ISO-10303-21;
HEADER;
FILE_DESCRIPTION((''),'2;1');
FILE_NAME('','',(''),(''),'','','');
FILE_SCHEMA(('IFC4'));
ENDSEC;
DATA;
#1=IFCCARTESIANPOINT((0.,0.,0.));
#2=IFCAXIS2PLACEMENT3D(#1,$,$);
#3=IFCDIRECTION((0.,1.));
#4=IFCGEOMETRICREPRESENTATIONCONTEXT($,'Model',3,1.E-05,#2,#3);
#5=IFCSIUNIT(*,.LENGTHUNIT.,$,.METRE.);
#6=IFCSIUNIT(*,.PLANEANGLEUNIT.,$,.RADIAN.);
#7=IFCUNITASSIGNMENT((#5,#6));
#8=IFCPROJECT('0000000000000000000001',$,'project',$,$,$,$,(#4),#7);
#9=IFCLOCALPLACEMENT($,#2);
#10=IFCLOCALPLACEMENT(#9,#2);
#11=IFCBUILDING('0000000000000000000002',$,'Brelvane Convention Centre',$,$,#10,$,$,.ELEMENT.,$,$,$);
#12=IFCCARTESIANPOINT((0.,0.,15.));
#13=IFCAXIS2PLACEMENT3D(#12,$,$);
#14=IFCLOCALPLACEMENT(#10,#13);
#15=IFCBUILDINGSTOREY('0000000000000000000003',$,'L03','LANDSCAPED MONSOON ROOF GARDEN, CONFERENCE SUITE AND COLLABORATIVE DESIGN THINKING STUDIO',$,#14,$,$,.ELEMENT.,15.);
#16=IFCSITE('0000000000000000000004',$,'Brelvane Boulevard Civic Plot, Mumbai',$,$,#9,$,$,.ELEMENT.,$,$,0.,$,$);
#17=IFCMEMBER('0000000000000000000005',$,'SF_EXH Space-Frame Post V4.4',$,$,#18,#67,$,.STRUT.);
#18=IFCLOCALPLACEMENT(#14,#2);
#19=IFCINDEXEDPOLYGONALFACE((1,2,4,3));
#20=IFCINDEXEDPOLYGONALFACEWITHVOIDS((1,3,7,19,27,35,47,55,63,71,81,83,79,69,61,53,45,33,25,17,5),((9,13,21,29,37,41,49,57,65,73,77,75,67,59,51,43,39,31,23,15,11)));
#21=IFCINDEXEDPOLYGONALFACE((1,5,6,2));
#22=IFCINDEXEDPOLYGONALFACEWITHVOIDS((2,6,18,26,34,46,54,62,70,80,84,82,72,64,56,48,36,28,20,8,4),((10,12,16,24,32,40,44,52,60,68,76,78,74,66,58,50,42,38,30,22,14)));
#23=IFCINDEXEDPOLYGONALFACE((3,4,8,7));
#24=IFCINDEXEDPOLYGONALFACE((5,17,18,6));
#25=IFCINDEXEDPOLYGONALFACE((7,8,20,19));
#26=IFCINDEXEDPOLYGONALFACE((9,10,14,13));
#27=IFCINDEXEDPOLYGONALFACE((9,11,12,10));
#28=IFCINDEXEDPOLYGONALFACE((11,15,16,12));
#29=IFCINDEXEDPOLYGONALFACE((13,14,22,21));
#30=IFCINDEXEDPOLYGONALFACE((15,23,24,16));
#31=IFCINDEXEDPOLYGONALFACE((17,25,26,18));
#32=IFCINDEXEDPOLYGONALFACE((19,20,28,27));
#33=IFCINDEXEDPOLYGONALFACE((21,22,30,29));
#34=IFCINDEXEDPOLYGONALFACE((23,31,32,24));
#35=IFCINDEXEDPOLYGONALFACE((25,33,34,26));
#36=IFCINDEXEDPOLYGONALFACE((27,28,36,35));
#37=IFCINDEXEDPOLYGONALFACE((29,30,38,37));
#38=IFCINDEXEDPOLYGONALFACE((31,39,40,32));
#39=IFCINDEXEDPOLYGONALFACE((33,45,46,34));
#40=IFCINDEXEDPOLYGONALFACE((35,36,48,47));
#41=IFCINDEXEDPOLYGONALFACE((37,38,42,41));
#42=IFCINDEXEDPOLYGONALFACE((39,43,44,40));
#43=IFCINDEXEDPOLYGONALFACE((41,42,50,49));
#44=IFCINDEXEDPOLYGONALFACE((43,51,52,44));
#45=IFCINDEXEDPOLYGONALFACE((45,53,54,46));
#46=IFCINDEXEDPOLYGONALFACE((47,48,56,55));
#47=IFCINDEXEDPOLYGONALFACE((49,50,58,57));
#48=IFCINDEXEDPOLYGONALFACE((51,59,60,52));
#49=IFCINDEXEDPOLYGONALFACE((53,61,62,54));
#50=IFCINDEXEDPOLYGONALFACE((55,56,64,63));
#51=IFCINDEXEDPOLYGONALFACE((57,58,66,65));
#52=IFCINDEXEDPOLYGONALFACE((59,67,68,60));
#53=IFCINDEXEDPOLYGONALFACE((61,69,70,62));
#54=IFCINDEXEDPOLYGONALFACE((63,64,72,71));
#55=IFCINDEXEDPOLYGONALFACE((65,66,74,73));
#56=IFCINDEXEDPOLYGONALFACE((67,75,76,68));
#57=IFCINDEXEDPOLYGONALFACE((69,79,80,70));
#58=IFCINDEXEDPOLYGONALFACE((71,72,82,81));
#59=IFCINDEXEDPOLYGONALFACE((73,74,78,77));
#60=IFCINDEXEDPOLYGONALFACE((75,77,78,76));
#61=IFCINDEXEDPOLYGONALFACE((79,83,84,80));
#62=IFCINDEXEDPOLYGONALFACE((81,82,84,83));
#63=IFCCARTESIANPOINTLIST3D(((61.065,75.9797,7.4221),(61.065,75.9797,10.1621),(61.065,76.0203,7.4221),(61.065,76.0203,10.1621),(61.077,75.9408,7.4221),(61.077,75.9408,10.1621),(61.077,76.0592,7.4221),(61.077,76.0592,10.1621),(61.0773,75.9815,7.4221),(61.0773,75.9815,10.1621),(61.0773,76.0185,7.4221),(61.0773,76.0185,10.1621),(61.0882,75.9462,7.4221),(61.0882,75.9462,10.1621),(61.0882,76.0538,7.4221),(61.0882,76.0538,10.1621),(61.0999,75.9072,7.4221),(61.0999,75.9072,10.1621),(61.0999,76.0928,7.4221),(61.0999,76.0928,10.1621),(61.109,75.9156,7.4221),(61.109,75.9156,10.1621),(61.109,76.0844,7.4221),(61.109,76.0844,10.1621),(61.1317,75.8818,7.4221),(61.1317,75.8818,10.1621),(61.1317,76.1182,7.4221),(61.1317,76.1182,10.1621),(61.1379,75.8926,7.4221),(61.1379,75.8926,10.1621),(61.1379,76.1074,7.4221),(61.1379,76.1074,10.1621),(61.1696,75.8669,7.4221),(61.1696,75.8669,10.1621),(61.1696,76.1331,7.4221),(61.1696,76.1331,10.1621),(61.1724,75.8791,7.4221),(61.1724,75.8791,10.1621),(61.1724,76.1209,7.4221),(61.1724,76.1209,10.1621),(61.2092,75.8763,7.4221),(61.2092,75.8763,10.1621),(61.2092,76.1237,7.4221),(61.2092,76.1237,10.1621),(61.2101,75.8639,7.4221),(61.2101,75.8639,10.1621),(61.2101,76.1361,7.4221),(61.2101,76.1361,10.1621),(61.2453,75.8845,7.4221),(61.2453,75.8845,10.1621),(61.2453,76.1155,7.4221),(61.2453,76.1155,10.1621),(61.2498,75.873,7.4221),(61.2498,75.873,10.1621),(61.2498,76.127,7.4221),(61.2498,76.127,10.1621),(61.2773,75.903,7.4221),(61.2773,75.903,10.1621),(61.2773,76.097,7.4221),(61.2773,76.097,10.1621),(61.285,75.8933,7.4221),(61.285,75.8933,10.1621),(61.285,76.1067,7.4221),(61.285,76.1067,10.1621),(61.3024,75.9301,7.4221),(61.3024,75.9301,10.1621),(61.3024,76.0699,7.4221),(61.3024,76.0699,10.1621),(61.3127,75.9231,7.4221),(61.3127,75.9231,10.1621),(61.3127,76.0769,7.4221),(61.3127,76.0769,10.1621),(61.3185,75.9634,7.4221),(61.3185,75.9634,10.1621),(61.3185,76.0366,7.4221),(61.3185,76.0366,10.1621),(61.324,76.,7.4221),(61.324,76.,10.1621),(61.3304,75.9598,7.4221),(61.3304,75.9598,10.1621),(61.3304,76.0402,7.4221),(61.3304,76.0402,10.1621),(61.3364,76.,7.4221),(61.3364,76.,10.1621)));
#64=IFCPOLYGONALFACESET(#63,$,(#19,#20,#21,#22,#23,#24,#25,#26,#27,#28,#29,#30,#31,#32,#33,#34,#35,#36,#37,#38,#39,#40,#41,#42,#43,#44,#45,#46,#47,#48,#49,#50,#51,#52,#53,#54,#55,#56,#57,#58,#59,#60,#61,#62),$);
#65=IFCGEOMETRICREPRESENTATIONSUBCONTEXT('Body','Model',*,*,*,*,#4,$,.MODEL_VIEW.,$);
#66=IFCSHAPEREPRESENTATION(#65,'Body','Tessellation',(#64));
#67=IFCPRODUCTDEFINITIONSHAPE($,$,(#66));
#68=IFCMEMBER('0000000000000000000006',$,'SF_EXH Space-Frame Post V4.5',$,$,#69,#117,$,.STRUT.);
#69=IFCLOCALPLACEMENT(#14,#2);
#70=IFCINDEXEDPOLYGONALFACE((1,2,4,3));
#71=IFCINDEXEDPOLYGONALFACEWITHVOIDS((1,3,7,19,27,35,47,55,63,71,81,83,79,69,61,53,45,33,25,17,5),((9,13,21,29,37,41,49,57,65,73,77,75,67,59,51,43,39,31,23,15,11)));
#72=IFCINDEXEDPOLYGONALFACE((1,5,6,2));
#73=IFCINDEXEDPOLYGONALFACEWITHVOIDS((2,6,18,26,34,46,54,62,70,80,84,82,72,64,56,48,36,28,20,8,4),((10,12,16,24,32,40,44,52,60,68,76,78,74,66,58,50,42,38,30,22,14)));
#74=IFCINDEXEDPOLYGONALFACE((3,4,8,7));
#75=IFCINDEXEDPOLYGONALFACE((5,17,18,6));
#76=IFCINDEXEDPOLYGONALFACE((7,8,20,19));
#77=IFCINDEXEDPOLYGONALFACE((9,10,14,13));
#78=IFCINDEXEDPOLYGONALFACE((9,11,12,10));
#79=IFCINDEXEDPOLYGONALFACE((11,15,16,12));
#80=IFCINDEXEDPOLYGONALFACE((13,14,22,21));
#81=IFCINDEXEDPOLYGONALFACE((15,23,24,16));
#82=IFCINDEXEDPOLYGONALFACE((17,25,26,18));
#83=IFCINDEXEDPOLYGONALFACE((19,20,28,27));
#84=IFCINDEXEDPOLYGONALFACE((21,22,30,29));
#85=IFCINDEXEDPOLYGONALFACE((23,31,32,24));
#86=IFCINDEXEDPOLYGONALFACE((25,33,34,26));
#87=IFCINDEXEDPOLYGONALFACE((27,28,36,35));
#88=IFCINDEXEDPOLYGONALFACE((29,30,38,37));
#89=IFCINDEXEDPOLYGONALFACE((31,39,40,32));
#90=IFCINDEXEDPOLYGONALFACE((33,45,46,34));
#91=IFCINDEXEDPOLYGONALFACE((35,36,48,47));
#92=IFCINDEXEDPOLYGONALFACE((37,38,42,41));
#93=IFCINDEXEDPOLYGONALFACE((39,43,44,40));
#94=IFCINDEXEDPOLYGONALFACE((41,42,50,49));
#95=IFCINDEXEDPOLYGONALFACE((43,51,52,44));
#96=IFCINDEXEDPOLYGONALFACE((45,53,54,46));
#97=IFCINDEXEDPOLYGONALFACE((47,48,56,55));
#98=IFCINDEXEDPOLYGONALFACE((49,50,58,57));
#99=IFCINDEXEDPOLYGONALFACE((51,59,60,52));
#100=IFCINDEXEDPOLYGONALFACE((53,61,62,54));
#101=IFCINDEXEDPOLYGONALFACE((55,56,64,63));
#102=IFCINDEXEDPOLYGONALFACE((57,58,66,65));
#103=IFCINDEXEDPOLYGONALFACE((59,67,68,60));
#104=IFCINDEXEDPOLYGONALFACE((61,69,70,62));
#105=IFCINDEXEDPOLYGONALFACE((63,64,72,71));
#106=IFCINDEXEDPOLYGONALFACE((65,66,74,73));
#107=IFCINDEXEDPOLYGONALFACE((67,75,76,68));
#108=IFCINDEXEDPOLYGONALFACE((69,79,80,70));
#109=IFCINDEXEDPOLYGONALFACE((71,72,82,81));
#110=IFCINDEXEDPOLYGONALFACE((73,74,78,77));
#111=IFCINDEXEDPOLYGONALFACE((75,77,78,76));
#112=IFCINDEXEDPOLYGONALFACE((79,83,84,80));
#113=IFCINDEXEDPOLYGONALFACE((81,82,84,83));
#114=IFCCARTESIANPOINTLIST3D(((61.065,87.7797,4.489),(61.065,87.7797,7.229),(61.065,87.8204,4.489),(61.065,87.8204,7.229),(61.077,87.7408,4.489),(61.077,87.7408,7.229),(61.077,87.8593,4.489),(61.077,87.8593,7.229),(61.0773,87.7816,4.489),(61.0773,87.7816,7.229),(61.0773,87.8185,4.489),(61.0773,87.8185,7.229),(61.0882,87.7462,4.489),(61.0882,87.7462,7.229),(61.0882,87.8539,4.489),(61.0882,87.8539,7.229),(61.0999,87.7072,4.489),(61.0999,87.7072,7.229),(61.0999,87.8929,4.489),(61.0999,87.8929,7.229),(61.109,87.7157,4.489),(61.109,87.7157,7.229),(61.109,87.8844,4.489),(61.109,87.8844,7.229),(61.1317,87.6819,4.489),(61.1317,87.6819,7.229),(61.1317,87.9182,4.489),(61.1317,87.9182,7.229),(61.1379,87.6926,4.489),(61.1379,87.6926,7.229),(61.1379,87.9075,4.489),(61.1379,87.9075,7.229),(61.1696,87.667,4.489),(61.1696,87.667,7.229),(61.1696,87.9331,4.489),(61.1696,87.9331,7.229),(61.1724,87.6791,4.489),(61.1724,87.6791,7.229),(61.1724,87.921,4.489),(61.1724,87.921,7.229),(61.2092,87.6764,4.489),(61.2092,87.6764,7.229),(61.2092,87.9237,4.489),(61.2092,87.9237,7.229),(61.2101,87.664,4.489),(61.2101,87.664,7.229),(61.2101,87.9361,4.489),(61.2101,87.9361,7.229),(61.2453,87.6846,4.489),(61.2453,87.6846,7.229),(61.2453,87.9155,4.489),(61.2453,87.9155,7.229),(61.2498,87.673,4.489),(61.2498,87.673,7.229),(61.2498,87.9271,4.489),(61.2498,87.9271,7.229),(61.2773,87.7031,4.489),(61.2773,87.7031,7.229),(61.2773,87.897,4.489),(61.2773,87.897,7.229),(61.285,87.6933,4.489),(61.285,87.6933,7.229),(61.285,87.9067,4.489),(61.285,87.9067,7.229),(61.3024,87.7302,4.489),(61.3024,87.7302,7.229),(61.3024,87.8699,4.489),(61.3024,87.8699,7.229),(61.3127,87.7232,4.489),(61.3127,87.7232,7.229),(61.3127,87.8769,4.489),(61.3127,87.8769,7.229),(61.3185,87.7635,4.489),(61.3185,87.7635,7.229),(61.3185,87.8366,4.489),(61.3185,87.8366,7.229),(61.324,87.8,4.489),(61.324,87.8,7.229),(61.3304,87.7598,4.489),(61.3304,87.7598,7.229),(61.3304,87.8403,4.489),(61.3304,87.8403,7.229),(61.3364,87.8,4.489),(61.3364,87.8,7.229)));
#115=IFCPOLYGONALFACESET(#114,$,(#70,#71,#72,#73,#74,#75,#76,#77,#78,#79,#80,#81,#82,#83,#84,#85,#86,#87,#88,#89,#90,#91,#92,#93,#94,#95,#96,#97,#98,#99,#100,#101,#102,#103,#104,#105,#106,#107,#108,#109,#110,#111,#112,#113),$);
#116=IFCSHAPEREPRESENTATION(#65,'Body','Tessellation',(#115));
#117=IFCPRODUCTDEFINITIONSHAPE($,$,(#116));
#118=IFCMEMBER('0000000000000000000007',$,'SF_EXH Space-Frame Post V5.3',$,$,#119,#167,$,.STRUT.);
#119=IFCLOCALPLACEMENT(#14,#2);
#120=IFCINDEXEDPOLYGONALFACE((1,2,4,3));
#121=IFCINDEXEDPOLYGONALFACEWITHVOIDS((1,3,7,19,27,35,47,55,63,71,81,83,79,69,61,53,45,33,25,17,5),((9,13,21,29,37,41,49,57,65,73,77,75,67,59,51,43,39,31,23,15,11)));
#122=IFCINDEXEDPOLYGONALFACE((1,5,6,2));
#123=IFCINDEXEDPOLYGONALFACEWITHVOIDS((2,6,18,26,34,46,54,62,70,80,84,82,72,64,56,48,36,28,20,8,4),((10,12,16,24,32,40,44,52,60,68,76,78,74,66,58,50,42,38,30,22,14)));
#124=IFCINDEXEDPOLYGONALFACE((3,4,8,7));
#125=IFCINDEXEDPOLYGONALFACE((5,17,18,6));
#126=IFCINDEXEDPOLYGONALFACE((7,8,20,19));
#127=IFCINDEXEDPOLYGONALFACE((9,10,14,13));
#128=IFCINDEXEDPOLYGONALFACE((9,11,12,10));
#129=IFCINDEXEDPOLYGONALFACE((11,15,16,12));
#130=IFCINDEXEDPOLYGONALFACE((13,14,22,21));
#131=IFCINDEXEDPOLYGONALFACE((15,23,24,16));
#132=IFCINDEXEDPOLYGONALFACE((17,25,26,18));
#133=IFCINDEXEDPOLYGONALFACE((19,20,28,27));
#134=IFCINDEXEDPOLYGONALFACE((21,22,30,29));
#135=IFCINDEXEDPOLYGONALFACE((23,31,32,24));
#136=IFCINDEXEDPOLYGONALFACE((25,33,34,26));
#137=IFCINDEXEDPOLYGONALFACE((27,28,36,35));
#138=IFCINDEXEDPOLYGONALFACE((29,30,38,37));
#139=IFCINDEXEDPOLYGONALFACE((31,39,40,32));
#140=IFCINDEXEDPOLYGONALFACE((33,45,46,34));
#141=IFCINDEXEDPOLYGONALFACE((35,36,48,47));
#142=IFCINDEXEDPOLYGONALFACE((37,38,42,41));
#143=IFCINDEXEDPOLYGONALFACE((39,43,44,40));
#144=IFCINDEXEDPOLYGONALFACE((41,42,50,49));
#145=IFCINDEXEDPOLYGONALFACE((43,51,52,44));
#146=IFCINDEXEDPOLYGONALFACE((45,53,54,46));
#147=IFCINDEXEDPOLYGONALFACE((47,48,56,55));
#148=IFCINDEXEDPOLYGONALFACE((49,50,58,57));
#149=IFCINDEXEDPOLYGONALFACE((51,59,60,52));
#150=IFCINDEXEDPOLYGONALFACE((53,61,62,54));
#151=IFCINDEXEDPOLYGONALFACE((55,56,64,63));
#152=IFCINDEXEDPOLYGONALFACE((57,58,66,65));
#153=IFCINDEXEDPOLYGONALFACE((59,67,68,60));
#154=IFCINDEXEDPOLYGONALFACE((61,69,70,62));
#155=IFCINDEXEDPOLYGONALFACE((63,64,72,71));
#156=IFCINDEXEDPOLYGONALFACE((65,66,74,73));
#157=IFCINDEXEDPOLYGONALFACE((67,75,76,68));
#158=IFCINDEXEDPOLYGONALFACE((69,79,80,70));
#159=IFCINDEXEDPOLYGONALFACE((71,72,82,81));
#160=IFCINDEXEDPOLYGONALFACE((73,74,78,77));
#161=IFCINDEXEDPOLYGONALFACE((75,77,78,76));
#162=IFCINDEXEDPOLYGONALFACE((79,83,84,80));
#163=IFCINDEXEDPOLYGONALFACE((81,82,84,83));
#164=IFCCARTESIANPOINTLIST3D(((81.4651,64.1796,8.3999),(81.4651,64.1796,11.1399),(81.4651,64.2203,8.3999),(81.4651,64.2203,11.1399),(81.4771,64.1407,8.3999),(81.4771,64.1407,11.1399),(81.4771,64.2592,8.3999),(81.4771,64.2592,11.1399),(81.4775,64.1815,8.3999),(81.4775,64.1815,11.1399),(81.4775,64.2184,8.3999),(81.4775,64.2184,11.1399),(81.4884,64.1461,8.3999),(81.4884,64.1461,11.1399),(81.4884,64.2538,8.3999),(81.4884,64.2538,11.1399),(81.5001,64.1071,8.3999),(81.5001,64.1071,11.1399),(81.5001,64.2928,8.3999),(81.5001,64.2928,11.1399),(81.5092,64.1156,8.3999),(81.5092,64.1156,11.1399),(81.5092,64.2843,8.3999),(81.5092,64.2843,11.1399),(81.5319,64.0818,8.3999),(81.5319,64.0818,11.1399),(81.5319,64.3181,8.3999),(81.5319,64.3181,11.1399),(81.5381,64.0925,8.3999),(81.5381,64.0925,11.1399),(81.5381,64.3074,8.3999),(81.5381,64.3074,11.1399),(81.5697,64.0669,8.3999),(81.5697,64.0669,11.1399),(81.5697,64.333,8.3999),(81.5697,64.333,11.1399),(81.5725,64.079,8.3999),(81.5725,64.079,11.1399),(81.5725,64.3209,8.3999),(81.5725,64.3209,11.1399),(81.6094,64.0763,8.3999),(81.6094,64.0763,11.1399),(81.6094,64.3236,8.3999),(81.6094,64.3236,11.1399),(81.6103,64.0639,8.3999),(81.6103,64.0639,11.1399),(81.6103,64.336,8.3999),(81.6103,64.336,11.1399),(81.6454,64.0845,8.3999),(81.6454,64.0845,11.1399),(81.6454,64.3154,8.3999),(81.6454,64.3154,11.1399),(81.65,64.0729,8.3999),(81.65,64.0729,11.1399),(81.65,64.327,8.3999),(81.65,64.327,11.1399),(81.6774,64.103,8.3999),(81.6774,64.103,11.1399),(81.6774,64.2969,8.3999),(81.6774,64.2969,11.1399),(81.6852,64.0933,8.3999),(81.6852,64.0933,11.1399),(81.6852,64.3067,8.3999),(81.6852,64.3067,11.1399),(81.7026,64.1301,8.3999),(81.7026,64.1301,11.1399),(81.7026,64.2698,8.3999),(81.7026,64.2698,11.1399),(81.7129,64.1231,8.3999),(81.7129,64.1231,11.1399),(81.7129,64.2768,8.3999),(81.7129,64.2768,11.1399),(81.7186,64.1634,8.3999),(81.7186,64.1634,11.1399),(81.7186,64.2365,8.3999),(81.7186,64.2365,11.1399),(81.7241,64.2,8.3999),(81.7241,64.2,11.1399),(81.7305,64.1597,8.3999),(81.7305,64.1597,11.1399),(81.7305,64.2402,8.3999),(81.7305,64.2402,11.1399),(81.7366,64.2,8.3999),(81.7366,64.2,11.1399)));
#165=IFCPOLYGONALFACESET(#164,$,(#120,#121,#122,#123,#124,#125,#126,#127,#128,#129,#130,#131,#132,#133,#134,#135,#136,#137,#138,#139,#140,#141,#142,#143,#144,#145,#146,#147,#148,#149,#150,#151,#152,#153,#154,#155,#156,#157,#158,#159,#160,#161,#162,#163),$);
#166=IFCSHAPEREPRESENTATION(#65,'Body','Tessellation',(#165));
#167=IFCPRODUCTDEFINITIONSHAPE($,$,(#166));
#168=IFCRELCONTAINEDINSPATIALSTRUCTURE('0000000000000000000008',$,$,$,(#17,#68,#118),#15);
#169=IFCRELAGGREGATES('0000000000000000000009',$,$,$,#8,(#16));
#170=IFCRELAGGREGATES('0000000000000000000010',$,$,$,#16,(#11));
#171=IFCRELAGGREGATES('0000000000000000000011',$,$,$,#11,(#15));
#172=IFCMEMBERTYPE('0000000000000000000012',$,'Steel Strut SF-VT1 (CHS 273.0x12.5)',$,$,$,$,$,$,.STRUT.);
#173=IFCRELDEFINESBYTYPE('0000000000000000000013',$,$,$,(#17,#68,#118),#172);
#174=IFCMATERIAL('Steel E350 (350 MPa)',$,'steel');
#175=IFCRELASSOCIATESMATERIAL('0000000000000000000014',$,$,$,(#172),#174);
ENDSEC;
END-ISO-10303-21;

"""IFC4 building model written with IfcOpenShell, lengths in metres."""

from ifc_helpers import new_model, si_unit, direction, frame, origin, origin_2d, place, context, subcontext, project, spatial, hollow_circle, extrude, material, material_profile, profile_set, type_object, element, save


model = new_model("IFC4")

# Units and contexts
model_context = context("Model", 3, precision=1e-05, world=origin(), true_north=direction((0.0, 1.0)))
body_context = subcontext(model_context, "Body", "Model", "MODEL_VIEW")
ifc_project = project(units=[si_unit("LENGTHUNIT", "METRE"), si_unit("PLANEANGLEUNIT", "RADIAN")], contexts=[model_context])

# Site, building, storey
site_placement = place(None, origin())
site = spatial("IfcSite", under=ifc_project, at=site_placement, Name="Brelvane Boulevard Civic Plot, Mumbai", CompositionType="ELEMENT", RefElevation=0.0)
building_placement = place(site_placement, origin())
building = spatial("IfcBuilding", under=site, at=building_placement, Name="Brelvane Convention Centre", CompositionType="ELEMENT")
storey_placement = place(building_placement, frame((0.0, 0.0, 15.0)))
storey = spatial("IfcBuildingStorey", under=building, at=storey_placement, Name="L03", Description="LANDSCAPED MONSOON ROOF GARDEN, CONFERENCE SUITE AND COLLABORATIVE DESIGN THINKING STUDIO", CompositionType="ELEMENT", Elevation=15.0)

# Members
ifc_material_1 = material(Name="Steel E350 (350 MPa)", Category="steel")
ifc_material_profile_1 = material_profile(ifc_material_1, hollow_circle(Radius=0.1365, WallThickness=0.0125, at=origin_2d()), Name="CHS 273.0x12.5")
ifc_profile_set_1 = profile_set([ifc_material_profile_1], Name="Steel E350 (350 MPa)")
member_type_1 = type_object("IfcMemberType", Name="Steel Strut SF-VT1 (CHS 273.0x12.5)", PredefinedType="STRUT", material=ifc_profile_set_1)
for number, where, z_axis, x_axis, name in (
    (1, (61.2, 76.0, 7.4221), (0.0, 0.0, 1.0), (1.0, 0.0, 0.0), "SF_EXH Space-Frame Post V4.4"),
    (2, (61.2, 87.8, 4.489), (0.0, 0.0, 1.0), (1.0, 0.0, 0.0), "SF_EXH Space-Frame Post V4.5"),
    (3, (81.6001, 64.2, 8.3999), (0.0, 0.0, 1.0), (1.0, 0.0, 0.0), "SF_EXH Space-Frame Post V5.3"),
):
    element("IfcMember", number, at=place(storey_placement, frame(where, z_axis=z_axis, x_axis=x_axis)), inside=storey, type_object=member_type_1, Name=name, PredefinedType="STRUT", context=body_context, shape_type="SweptSolid", body=[
        extrude(hollow_circle(Radius=0.1365, WallThickness=0.0125, at=origin_2d()), origin(), (0.0, 0.0, 1.0), 2.74),
    ])

save(model, "model.ifc")
